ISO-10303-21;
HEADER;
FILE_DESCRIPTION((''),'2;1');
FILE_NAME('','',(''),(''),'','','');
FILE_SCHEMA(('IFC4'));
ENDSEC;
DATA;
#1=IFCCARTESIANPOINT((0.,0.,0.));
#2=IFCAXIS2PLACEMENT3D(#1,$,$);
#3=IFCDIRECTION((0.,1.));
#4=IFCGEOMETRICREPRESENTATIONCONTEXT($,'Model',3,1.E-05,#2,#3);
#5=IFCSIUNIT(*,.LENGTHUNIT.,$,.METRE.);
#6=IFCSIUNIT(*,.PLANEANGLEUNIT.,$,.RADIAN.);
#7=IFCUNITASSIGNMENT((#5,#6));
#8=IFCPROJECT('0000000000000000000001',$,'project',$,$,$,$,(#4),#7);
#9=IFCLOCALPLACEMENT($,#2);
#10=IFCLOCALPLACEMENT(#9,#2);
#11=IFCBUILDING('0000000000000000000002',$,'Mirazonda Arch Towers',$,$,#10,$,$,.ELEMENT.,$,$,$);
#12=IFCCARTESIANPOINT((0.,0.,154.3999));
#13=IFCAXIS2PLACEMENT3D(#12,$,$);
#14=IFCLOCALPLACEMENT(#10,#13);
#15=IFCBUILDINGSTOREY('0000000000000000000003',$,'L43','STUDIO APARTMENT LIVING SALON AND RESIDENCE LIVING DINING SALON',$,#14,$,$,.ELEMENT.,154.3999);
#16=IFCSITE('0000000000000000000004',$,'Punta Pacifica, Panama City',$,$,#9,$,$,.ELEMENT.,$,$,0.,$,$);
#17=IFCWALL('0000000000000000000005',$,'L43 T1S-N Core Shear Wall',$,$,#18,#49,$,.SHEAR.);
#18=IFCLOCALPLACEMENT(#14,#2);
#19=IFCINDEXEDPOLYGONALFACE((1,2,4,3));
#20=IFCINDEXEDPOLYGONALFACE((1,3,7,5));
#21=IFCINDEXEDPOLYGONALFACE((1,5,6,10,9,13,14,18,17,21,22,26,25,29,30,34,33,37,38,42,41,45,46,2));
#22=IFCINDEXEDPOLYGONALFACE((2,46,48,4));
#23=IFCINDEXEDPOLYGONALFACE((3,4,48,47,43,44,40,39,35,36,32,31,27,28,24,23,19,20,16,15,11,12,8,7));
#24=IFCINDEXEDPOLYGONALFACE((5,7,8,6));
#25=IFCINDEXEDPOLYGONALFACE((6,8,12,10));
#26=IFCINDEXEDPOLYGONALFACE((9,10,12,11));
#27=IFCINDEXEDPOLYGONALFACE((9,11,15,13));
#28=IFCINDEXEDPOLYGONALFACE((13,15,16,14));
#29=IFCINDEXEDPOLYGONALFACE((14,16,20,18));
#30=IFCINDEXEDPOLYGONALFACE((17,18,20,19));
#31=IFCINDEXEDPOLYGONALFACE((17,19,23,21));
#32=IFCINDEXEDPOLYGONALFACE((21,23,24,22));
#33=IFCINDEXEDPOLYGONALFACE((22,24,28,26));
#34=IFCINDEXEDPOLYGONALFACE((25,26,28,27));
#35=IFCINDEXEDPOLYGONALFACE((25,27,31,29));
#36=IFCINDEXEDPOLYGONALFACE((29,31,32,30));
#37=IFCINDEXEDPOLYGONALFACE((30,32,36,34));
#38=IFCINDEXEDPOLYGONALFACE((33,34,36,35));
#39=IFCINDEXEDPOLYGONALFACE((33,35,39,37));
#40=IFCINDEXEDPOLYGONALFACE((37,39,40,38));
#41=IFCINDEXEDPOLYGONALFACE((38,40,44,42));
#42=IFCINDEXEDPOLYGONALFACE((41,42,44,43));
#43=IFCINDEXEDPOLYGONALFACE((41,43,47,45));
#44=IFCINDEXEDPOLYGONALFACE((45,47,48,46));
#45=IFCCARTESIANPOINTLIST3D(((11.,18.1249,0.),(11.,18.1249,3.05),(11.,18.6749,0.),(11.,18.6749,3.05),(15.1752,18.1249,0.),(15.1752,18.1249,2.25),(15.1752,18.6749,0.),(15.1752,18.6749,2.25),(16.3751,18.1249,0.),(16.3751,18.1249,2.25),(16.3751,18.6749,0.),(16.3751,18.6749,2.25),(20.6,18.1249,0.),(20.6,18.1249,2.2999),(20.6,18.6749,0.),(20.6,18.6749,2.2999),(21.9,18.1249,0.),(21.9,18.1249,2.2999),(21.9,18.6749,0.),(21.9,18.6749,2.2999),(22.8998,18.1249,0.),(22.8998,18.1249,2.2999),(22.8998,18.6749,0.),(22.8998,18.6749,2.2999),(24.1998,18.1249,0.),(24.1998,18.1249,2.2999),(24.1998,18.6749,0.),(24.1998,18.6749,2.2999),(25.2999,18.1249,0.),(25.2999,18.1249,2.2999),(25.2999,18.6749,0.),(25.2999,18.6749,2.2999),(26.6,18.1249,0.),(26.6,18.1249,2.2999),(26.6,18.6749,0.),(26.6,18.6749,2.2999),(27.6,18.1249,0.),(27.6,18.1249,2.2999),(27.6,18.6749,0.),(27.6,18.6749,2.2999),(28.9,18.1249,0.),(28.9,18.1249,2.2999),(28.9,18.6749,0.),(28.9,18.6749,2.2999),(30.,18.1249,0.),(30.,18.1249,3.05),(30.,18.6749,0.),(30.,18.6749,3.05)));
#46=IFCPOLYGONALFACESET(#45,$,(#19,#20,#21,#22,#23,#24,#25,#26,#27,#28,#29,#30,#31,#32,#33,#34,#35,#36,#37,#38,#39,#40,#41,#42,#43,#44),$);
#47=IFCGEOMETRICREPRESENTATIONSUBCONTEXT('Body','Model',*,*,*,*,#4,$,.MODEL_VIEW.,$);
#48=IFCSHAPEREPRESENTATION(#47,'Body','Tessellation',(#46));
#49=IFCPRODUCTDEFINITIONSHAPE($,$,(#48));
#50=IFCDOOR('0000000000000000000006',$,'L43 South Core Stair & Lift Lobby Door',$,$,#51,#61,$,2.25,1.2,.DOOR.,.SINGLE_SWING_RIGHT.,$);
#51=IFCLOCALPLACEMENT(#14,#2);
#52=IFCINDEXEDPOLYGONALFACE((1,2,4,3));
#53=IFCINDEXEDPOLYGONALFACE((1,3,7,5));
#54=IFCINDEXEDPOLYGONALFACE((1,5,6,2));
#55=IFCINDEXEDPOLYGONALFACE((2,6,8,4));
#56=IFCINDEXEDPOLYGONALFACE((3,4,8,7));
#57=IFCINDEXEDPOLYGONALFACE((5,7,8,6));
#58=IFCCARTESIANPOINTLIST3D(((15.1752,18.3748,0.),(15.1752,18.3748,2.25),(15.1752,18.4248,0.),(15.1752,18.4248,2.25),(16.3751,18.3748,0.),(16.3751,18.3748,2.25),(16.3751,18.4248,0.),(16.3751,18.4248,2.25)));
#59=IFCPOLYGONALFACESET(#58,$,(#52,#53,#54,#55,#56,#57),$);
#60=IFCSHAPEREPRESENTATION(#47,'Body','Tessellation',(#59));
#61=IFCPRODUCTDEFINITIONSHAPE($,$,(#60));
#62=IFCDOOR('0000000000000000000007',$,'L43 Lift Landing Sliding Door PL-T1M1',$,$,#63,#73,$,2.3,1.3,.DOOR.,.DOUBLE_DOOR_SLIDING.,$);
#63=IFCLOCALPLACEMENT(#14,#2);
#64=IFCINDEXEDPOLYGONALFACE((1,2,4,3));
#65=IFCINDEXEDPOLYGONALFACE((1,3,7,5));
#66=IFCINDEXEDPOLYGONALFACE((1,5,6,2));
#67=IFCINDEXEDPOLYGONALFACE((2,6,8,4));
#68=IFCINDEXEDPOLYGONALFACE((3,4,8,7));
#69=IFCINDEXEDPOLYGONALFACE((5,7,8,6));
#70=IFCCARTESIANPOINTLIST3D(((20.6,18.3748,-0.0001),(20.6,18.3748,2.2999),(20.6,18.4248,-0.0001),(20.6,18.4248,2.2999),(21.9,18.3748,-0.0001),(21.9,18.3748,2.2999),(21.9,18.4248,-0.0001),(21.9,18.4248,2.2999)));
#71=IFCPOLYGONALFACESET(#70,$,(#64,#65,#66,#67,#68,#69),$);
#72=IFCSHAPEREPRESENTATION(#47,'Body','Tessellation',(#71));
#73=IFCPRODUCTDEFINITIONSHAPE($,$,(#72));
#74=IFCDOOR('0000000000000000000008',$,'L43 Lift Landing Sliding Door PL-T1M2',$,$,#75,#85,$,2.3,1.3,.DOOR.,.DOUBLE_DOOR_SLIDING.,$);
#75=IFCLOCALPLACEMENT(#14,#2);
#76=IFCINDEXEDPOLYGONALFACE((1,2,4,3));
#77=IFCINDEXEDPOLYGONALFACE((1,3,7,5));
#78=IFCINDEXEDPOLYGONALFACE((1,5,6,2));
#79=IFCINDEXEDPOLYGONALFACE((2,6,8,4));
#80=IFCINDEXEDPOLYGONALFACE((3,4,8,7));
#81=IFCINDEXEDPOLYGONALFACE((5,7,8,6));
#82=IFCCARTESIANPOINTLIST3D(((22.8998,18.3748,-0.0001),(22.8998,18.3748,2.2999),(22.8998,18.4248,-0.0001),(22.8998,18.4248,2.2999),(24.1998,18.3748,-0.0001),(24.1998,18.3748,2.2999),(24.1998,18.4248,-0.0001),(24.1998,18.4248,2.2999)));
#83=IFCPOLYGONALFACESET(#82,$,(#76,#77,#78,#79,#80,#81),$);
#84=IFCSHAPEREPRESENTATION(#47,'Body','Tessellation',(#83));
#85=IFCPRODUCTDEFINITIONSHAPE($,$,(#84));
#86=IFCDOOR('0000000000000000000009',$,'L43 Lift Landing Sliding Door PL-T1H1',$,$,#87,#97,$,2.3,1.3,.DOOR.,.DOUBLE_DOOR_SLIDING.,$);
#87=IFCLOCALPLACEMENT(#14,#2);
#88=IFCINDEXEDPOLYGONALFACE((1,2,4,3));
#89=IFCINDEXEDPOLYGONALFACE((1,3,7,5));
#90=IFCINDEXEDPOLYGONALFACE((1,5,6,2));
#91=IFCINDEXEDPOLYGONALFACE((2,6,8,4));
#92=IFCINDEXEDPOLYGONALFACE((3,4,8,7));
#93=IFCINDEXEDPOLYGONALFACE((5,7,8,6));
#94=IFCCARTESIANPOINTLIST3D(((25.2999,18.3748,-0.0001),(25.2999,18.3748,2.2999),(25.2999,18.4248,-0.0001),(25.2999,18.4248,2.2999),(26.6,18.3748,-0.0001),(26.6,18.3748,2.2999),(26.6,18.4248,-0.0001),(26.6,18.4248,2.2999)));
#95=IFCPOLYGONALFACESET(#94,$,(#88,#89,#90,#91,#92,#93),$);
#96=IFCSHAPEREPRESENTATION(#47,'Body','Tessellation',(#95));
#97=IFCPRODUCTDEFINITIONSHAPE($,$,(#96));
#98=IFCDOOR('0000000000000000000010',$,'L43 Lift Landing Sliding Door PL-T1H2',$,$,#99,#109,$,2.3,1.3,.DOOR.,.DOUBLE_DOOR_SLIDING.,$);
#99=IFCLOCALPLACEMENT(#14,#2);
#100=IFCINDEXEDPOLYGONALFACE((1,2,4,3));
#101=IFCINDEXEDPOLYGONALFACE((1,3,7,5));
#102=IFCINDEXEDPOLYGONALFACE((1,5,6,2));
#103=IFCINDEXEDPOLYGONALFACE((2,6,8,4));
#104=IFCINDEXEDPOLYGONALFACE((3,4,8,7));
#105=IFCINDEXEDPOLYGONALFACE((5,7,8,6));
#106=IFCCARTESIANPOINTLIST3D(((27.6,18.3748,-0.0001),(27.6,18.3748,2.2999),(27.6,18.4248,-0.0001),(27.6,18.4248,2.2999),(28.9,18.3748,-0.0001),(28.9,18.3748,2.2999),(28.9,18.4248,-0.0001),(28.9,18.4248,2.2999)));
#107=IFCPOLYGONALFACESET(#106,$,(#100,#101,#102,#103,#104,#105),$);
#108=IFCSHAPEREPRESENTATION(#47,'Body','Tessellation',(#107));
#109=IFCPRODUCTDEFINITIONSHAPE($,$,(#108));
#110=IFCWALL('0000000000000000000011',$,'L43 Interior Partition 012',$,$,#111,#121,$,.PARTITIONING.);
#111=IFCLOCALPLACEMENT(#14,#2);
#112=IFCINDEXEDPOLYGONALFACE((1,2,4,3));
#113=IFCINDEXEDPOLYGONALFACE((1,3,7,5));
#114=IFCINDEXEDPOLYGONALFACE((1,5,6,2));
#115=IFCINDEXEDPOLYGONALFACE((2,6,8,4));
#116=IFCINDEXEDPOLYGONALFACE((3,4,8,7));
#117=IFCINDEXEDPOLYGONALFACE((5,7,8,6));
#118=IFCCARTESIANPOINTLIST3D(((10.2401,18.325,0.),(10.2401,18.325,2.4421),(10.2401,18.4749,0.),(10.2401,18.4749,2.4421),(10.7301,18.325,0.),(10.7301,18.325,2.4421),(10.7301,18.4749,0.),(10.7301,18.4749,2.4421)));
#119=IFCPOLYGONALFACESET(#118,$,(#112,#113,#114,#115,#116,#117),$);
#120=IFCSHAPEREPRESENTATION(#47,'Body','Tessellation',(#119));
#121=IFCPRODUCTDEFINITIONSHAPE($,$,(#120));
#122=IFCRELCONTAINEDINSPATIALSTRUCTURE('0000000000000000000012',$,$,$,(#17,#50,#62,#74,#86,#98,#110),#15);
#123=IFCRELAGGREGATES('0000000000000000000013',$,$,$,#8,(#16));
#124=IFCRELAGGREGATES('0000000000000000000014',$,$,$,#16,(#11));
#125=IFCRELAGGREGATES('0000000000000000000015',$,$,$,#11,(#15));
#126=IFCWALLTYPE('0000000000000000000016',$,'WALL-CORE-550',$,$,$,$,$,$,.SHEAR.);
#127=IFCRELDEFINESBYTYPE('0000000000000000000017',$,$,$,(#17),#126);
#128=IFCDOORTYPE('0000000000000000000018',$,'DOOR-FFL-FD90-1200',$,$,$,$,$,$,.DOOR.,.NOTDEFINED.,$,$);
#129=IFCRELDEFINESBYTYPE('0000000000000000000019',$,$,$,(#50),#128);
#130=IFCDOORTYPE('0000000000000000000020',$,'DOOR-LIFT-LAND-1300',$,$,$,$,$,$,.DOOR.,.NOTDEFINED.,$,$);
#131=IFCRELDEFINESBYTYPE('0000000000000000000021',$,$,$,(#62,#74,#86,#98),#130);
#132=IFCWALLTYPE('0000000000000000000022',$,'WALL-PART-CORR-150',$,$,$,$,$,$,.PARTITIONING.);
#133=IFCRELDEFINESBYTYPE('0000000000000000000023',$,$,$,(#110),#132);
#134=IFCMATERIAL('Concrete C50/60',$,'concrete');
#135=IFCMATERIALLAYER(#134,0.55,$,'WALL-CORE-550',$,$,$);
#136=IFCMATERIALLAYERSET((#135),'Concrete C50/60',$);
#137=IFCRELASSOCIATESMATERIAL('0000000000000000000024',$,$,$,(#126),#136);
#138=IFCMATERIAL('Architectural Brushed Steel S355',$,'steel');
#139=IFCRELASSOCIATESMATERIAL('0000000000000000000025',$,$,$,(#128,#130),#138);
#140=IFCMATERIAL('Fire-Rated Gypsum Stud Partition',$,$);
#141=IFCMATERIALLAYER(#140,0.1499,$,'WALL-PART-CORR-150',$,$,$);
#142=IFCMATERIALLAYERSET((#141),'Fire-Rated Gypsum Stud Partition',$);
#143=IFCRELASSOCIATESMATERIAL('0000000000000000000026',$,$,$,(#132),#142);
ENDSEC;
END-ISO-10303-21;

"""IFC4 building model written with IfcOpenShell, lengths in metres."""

from ifc_helpers import new_model, si_unit, direction, frame, frame_2d, origin, place, context, subcontext, project, spatial, rectangle, extrude, material, layer, layer_set, type_object, element, fill, save


model = new_model("IFC4")

# Units and contexts
model_context = context("Model", 3, precision=1e-05, world=origin(), true_north=direction((0.0, 1.0)))
body_context = subcontext(model_context, "Body", "Model", "MODEL_VIEW")
ifc_project = project(units=[si_unit("LENGTHUNIT", "METRE"), si_unit("PLANEANGLEUNIT", "RADIAN")], contexts=[model_context])

# Site, building, storey
site_placement = place(None, origin())
site = spatial("IfcSite", under=ifc_project, at=site_placement, Name="Punta Pacifica, Panama City", CompositionType="ELEMENT", RefElevation=0.0)
building_placement = place(site_placement, origin())
building = spatial("IfcBuilding", under=site, at=building_placement, Name="Mirazonda Arch Towers", CompositionType="ELEMENT")
storey_placement = place(building_placement, frame((0.0, 0.0, 154.3999)))
storey = spatial("IfcBuildingStorey", under=building, at=storey_placement, Name="L43", Description="STUDIO APARTMENT LIVING SALON AND RESIDENCE LIVING DINING SALON", CompositionType="ELEMENT", Elevation=154.3999)

# Shared definitions
ifc_material_1 = material(Name="Concrete C50/60", Category="concrete")

# Shared definitions
ifc_material_2 = material(Name="Architectural Brushed Steel S355", Category="steel")

# Wall, openings, doors
ifc_layer_1 = layer(ifc_material_1, 0.55, Name="WALL-CORE-550")
ifc_layer_set_1 = layer_set([ifc_layer_1], Name="Concrete C50/60")
wall_type_1 = type_object("IfcWallType", Name="WALL-CORE-550", PredefinedType="SHEAR", material=ifc_layer_set_1)
wall_1_placement = place(storey_placement, frame((11.0, 18.3999, 0.0), z_axis=(0.0, 0.0, 1.0), x_axis=(1.0, 0.0, 0.0)))
wall_1 = element("IfcWall", 1, at=wall_1_placement, inside=storey, type_object=wall_type_1, Name="L43 T1S-N Core Shear Wall", PredefinedType="SHEAR", context=body_context, shape_type="SweptSolid", body=[
    extrude(rectangle(XDim=19.0, YDim=0.55, at=frame_2d((9.5, 0.0))), origin(), (0.0, 0.0, 1.0), 3.05),
])
opening_1_placement = place(wall_1_placement, frame((4.175, 0.0, 0.0)))
opening_1 = element("IfcOpeningElement", 2, at=opening_1_placement, cuts=wall_1, PredefinedType="OPENING", context=body_context, shape_type="SweptSolid", body=[
    extrude(rectangle(XDim=1.2, YDim=2.25, at=frame_2d((0.6001, 1.125))), frame((0.0, 0.2849, 0.0), z_axis=(0.0, -1.0, 0.0), x_axis=(1.0, 0.0, 0.0)), (0.0, 0.0, 1.0), 0.5701),
])
opening_2_placement = place(wall_1_placement, frame((9.6001, 0.0, 0.0)))
opening_2 = element("IfcOpeningElement", 3, at=opening_2_placement, cuts=wall_1, PredefinedType="OPENING", context=body_context, shape_type="SweptSolid", body=[
    extrude(rectangle(XDim=1.3, YDim=2.3, at=frame_2d((0.6499, 1.1499))), frame((0.0, 0.2849, 0.0), z_axis=(0.0, -1.0, 0.0), x_axis=(1.0, 0.0, 0.0)), (0.0, 0.0, 1.0), 0.5701),
])
opening_3_placement = place(wall_1_placement, frame((11.8999, 0.0, 0.0)))
opening_3 = element("IfcOpeningElement", 4, at=opening_3_placement, cuts=wall_1, PredefinedType="OPENING", context=body_context, shape_type="SweptSolid", body=[
    extrude(rectangle(XDim=1.3, YDim=2.3, at=frame_2d((0.6499, 1.1499))), frame((0.0, 0.2849, 0.0), z_axis=(0.0, -1.0, 0.0), x_axis=(1.0, 0.0, 0.0)), (0.0, 0.0, 1.0), 0.5701),
])
opening_4_placement = place(wall_1_placement, frame((14.3, 0.0, 0.0)))
opening_4 = element("IfcOpeningElement", 5, at=opening_4_placement, cuts=wall_1, PredefinedType="OPENING", context=body_context, shape_type="SweptSolid", body=[
    extrude(rectangle(XDim=1.3, YDim=2.3, at=frame_2d((0.6499, 1.1499))), frame((0.0, 0.2849, 0.0), z_axis=(0.0, -1.0, 0.0), x_axis=(1.0, 0.0, 0.0)), (0.0, 0.0, 1.0), 0.5701),
])
opening_5_placement = place(wall_1_placement, frame((16.6001, 0.0, 0.0)))
opening_5 = element("IfcOpeningElement", 6, at=opening_5_placement, cuts=wall_1, PredefinedType="OPENING", context=body_context, shape_type="SweptSolid", body=[
    extrude(rectangle(XDim=1.3, YDim=2.3, at=frame_2d((0.6499, 1.1499))), frame((0.0, 0.2849, 0.0), z_axis=(0.0, -1.0, 0.0), x_axis=(1.0, 0.0, 0.0)), (0.0, 0.0, 1.0), 0.5701),
])
door_type_1 = type_object("IfcDoorType", Name="DOOR-FFL-FD90-1200", OperationType="NOTDEFINED", PredefinedType="DOOR", material=ifc_material_2)
door_1_placement = place(opening_1_placement, origin())
door_1 = element("IfcDoor", 7, at=door_1_placement, inside=storey, type_object=door_type_1, Name="L43 South Core Stair & Lift Lobby Door", OperationType="SINGLE_SWING_RIGHT", OverallHeight=2.25, OverallWidth=1.2, PredefinedType="DOOR", context=body_context, shape_type="SweptSolid", body=[
    extrude(rectangle(XDim=1.2, YDim=2.25, at=frame_2d((0.6001, 1.125))), frame((0.0, 0.0249, 0.0), z_axis=(0.0, -1.0, 0.0), x_axis=(1.0, 0.0, 0.0)), (0.0, 0.0, 1.0), 0.05),
])
fill(opening_1, door_1)
door_type_2 = type_object("IfcDoorType", Name="DOOR-LIFT-LAND-1300", OperationType="NOTDEFINED", PredefinedType="DOOR", material=ifc_material_2)
door_2_placement = place(opening_2_placement, origin())
door_2 = element("IfcDoor", 8, at=door_2_placement, inside=storey, type_object=door_type_2, Name="L43 Lift Landing Sliding Door PL-T1M1", OperationType="DOUBLE_DOOR_SLIDING", OverallHeight=2.3, OverallWidth=1.3, PredefinedType="DOOR", context=body_context, shape_type="SweptSolid", body=[
    extrude(rectangle(XDim=1.3, YDim=2.3, at=frame_2d((0.6499, 1.1499))), frame((0.0, 0.0249, 0.0), z_axis=(0.0, -1.0, 0.0), x_axis=(1.0, 0.0, 0.0)), (0.0, 0.0, 1.0), 0.05),
])
fill(opening_2, door_2)
door_3_placement = place(opening_3_placement, origin())
door_3 = element("IfcDoor", 9, at=door_3_placement, inside=storey, type_object=door_type_2, Name="L43 Lift Landing Sliding Door PL-T1M2", OperationType="DOUBLE_DOOR_SLIDING", OverallHeight=2.3, OverallWidth=1.3, PredefinedType="DOOR", context=body_context, shape_type="SweptSolid", body=[
    extrude(rectangle(XDim=1.3, YDim=2.3, at=frame_2d((0.6499, 1.1499))), frame((0.0, 0.0249, 0.0), z_axis=(0.0, -1.0, 0.0), x_axis=(1.0, 0.0, 0.0)), (0.0, 0.0, 1.0), 0.05),
])
fill(opening_3, door_3)
door_4_placement = place(opening_4_placement, origin())
door_4 = element("IfcDoor", 10, at=door_4_placement, inside=storey, type_object=door_type_2, Name="L43 Lift Landing Sliding Door PL-T1H1", OperationType="DOUBLE_DOOR_SLIDING", OverallHeight=2.3, OverallWidth=1.3, PredefinedType="DOOR", context=body_context, shape_type="SweptSolid", body=[
    extrude(rectangle(XDim=1.3, YDim=2.3, at=frame_2d((0.6499, 1.1499))), frame((0.0, 0.0249, 0.0), z_axis=(0.0, -1.0, 0.0), x_axis=(1.0, 0.0, 0.0)), (0.0, 0.0, 1.0), 0.05),
])
fill(opening_4, door_4)
door_5_placement = place(opening_5_placement, origin())
door_5 = element("IfcDoor", 11, at=door_5_placement, inside=storey, type_object=door_type_2, Name="L43 Lift Landing Sliding Door PL-T1H2", OperationType="DOUBLE_DOOR_SLIDING", OverallHeight=2.3, OverallWidth=1.3, PredefinedType="DOOR", context=body_context, shape_type="SweptSolid", body=[
    extrude(rectangle(XDim=1.3, YDim=2.3, at=frame_2d((0.6499, 1.1499))), frame((0.0, 0.0249, 0.0), z_axis=(0.0, -1.0, 0.0), x_axis=(1.0, 0.0, 0.0)), (0.0, 0.0, 1.0), 0.05),
])
fill(opening_5, door_5)

# Wall
ifc_material_3 = material(Name="Fire-Rated Gypsum Stud Partition")
ifc_layer_2 = layer(ifc_material_3, 0.1499, Name="WALL-PART-CORR-150")
ifc_layer_set_2 = layer_set([ifc_layer_2], Name="Fire-Rated Gypsum Stud Partition")
wall_type_2 = type_object("IfcWallType", Name="WALL-PART-CORR-150", PredefinedType="PARTITIONING", material=ifc_layer_set_2)
wall_2_placement = place(storey_placement, frame((10.24, 18.3999, 0.0), z_axis=(0.0, 0.0, 1.0), x_axis=(1.0, 0.0, 0.0)))
element("IfcWall", 12, at=wall_2_placement, inside=storey, type_object=wall_type_2, Name="L43 Interior Partition 012", PredefinedType="PARTITIONING", context=body_context, shape_type="SweptSolid", body=[
    extrude(rectangle(XDim=0.49, YDim=0.1499, at=frame_2d((0.2451, 0.0))), origin(), (0.0, 0.0, 1.0), 2.4421),
])

save(model, "model.ifc")
